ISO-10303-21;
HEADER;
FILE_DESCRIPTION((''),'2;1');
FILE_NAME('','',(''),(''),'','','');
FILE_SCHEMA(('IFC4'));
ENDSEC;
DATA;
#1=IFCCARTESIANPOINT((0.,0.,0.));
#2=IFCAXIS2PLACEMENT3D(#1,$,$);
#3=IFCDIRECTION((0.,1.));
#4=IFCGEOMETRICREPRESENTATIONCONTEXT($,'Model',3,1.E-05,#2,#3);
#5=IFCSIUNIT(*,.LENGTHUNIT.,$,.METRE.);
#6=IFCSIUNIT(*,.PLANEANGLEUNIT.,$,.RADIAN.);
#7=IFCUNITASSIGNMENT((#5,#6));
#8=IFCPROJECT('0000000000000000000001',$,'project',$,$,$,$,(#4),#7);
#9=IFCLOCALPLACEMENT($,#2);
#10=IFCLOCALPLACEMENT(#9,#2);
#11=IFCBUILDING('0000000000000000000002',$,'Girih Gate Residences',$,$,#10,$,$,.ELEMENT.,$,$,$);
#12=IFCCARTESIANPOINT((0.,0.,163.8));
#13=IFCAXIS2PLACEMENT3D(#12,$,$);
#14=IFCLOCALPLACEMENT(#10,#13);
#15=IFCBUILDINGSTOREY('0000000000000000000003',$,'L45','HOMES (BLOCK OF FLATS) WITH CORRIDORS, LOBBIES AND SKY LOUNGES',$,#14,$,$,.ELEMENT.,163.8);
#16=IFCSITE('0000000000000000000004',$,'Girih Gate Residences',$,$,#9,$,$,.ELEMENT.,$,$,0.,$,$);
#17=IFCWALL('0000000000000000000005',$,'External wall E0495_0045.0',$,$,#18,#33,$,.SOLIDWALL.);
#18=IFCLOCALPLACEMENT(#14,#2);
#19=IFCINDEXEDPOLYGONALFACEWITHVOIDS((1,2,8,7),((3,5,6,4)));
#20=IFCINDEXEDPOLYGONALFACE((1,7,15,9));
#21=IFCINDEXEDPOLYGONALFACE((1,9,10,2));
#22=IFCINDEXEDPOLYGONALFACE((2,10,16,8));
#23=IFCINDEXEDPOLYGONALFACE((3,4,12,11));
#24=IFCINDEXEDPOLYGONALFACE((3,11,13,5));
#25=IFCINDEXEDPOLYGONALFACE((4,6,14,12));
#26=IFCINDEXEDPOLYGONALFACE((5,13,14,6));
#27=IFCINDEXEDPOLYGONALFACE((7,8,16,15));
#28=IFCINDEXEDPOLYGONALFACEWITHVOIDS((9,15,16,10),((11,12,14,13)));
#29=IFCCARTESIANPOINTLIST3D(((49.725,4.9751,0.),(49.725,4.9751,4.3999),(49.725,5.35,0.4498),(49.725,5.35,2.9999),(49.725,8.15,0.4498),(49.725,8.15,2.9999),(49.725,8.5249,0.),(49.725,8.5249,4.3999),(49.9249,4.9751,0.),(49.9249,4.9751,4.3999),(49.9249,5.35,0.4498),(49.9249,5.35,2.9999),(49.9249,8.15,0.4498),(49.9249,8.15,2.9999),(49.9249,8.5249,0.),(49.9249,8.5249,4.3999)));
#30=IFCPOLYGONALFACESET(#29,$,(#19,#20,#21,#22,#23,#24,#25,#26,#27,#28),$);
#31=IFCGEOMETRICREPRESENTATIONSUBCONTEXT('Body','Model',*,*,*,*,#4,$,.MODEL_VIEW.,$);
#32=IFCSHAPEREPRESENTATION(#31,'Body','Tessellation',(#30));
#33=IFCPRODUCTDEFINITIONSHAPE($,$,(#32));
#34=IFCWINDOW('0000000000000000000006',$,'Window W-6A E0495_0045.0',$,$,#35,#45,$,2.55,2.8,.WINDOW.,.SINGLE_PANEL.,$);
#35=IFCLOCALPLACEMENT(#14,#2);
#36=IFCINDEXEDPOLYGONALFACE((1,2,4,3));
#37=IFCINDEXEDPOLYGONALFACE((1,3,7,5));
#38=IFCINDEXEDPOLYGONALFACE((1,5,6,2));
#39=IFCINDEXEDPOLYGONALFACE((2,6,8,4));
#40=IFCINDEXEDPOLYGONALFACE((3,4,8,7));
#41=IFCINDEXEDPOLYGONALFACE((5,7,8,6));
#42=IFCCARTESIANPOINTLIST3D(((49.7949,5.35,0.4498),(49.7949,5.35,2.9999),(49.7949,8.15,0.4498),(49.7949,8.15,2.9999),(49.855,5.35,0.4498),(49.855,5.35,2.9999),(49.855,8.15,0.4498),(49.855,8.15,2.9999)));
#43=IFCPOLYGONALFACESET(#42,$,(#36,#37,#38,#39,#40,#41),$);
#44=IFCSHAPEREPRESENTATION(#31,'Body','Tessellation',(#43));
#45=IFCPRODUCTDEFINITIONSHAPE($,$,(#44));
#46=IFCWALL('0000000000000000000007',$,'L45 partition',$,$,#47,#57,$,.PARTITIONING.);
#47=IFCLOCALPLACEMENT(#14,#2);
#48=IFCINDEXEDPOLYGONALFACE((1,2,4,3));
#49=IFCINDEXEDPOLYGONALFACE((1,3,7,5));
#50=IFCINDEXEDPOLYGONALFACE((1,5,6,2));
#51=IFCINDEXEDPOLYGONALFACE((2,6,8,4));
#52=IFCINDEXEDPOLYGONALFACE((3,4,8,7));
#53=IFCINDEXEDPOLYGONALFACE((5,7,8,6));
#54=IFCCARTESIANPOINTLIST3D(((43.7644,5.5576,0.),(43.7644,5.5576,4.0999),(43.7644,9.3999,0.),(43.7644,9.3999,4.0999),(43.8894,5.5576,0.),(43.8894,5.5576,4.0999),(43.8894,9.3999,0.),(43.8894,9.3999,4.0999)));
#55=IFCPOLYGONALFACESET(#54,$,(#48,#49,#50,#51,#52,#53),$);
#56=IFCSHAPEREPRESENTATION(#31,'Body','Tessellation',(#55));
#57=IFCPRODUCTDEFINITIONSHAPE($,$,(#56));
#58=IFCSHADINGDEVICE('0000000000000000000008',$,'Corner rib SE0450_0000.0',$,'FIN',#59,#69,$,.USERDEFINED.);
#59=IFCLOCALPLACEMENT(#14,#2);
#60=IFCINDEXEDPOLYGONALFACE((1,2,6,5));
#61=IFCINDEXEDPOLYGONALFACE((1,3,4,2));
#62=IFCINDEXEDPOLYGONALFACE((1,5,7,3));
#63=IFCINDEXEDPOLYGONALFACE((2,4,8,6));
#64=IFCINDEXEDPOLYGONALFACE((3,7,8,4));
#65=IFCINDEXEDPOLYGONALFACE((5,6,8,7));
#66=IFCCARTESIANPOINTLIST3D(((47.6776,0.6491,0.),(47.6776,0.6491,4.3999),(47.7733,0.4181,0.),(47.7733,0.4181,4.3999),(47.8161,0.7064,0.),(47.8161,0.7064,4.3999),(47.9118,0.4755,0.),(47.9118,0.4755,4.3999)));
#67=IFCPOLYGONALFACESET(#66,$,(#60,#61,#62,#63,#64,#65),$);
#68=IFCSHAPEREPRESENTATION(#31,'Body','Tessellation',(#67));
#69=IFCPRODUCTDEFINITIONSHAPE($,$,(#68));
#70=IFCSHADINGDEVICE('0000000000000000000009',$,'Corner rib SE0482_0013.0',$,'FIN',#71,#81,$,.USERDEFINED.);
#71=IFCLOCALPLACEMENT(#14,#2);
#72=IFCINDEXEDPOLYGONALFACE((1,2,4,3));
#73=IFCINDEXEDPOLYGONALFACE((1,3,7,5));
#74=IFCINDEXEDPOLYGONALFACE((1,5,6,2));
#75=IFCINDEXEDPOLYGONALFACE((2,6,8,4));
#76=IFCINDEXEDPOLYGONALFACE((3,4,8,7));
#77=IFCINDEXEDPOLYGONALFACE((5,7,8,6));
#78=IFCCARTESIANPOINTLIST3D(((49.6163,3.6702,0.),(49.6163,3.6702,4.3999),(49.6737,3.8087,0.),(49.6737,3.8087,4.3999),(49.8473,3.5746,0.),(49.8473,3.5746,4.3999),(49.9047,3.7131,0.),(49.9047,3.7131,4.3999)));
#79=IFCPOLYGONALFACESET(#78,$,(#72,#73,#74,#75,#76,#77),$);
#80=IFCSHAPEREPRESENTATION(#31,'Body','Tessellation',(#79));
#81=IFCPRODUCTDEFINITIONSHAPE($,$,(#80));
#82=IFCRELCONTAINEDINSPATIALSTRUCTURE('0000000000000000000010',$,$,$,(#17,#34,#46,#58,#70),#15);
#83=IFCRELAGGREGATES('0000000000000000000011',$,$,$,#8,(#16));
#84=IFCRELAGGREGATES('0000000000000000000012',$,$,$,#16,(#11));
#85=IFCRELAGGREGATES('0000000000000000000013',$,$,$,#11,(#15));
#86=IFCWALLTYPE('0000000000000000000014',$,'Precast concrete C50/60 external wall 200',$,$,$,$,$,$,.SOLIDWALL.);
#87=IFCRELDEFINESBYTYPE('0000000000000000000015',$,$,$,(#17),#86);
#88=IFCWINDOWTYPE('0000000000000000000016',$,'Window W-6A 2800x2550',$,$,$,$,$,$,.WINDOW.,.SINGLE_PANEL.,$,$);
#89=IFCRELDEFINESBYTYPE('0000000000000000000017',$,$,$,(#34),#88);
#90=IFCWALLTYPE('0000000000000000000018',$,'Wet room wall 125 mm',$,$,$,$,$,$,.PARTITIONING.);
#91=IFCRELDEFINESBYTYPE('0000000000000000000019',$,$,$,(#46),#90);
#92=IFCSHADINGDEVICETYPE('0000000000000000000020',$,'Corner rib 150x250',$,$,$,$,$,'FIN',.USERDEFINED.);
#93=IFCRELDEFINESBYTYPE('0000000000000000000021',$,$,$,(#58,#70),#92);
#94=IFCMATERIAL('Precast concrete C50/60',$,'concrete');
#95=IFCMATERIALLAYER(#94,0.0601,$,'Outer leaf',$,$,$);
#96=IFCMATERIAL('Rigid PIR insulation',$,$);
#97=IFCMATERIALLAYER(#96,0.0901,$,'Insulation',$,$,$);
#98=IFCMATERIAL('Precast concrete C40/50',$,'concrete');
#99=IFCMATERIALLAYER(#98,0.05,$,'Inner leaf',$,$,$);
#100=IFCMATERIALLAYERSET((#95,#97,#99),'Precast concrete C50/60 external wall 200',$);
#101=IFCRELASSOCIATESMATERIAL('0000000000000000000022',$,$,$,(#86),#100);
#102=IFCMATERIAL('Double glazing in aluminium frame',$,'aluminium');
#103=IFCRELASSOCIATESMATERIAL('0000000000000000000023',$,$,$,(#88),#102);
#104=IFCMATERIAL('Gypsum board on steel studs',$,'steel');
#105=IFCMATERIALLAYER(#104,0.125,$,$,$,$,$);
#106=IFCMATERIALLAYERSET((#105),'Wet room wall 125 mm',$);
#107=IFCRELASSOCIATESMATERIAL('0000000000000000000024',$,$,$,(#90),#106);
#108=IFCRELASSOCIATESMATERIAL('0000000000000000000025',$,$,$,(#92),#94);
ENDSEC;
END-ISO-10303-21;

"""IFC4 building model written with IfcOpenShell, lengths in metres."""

from ifc_helpers import new_model, si_unit, direction, frame, frame_2d, origin, origin_2d, place, context, subcontext, project, spatial, rectangle, extrude, material, layer, layer_set, type_object, element, fill, save


model = new_model("IFC4")

# Units and contexts
model_context = context("Model", 3, precision=1e-05, world=origin(), true_north=direction((0.0, 1.0)))
body_context = subcontext(model_context, "Body", "Model", "MODEL_VIEW")
ifc_project = project(units=[si_unit("LENGTHUNIT", "METRE"), si_unit("PLANEANGLEUNIT", "RADIAN")], contexts=[model_context])

# Site, building, storey
site_placement = place(None, origin())
site = spatial("IfcSite", under=ifc_project, at=site_placement, Name="Girih Gate Residences", CompositionType="ELEMENT", RefElevation=0.0)
building_placement = place(site_placement, origin())
building = spatial("IfcBuilding", under=site, at=building_placement, Name="Girih Gate Residences", CompositionType="ELEMENT")
storey_placement = place(building_placement, frame((0.0, 0.0, 163.8)))
storey = spatial("IfcBuildingStorey", under=building, at=storey_placement, Name="L45", Description="HOMES (BLOCK OF FLATS) WITH CORRIDORS, LOBBIES AND SKY LOUNGES", CompositionType="ELEMENT", Elevation=163.8)

# Shared definitions
ifc_material_1 = material(Name="Gypsum board on steel studs", Category="steel")

# Wall, opening, window
ifc_material_2 = material(Name="Precast concrete C50/60", Category="concrete")
ifc_layer_1 = layer(ifc_material_2, 0.0601, Name="Outer leaf")
ifc_material_3 = material(Name="Rigid PIR insulation")
ifc_layer_2 = layer(ifc_material_3, 0.0901, Name="Insulation")
ifc_material_4 = material(Name="Precast concrete C40/50", Category="concrete")
ifc_layer_3 = layer(ifc_material_4, 0.05, Name="Inner leaf")
ifc_layer_set_1 = layer_set([ifc_layer_1, ifc_layer_2, ifc_layer_3], Name="Precast concrete C50/60 external wall 200")
wall_type_1 = type_object("IfcWallType", Name="Precast concrete C50/60 external wall 200", PredefinedType="SOLIDWALL", material=ifc_layer_set_1)
ifc_material_5 = material(Name="Double glazing in aluminium frame", Category="aluminium")
window_type_1 = type_object("IfcWindowType", Name="Window W-6A 2800x2550", PartitioningType="SINGLE_PANEL", PredefinedType="WINDOW", material=ifc_material_5)
wall_1_placement = place(storey_placement, frame((49.825, 8.5249, 0.0), z_axis=(0.0, 0.0, 1.0), x_axis=(0.0, -1.0, 0.0)))
wall_1 = element("IfcWall", 1, at=wall_1_placement, inside=storey, type_object=wall_type_1, Name="External wall E0495_0045.0", PredefinedType="SOLIDWALL", context=body_context, shape_type="SweptSolid", body=[
    extrude(rectangle(XDim=3.5498, YDim=0.2, at=frame_2d((1.7749, 0.0))), origin(), (0.0, 0.0, 1.0), 4.3999),
])
opening_1_placement = place(wall_1_placement, frame((0.375, 0.0, 0.45)))
opening_1 = element("IfcOpeningElement", 2, at=opening_1_placement, cuts=wall_1, PredefinedType="OPENING", context=body_context, shape_type="SweptSolid", body=[
    extrude(rectangle(XDim=2.8, YDim=2.55, at=frame_2d((1.3999, 1.2749))), frame((0.0, 0.1099, 0.0), z_axis=(0.0, -1.0, 0.0), x_axis=(1.0, 0.0, 0.0)), (0.0, 0.0, 1.0), 0.22),
])
window_1_placement = place(opening_1_placement, origin())
window_1 = element("IfcWindow", 3, at=window_1_placement, inside=storey, type_object=window_type_1, Name="Window W-6A E0495_0045.0", OverallHeight=2.55, OverallWidth=2.8, PartitioningType="SINGLE_PANEL", PredefinedType="WINDOW", context=body_context, shape_type="SweptSolid", body=[
    extrude(rectangle(XDim=2.8, YDim=2.55, at=frame_2d((1.3999, 1.2749))), frame((0.0, 0.03, 0.0), z_axis=(0.0, -1.0, 0.0), x_axis=(1.0, 0.0, 0.0)), (0.0, 0.0, 1.0), 0.0601),
])
fill(opening_1, window_1)

# Wall
ifc_layer_4 = layer(ifc_material_1, 0.125)
ifc_layer_set_2 = layer_set([ifc_layer_4], Name="Wet room wall 125 mm")
wall_type_2 = type_object("IfcWallType", Name="Wet room wall 125 mm", PredefinedType="PARTITIONING", material=ifc_layer_set_2)
wall_2_placement = place(storey_placement, frame((43.8269, 5.5576, 0.0), z_axis=(0.0, 0.0, 1.0), x_axis=(0.0, 1.0, 0.0)))
element("IfcWall", 4, at=wall_2_placement, inside=storey, type_object=wall_type_2, Name="L45 partition", PredefinedType="PARTITIONING", context=body_context, shape_type="SweptSolid", body=[
    extrude(rectangle(XDim=3.8423, YDim=0.125, at=frame_2d((1.9211, 0.0))), origin(), (0.0, 0.0, 1.0), 4.0999),
])

# Shading devices
shading_device_type = type_object("IfcShadingDeviceType", Name="Corner rib 150x250", ElementType="FIN", PredefinedType="USERDEFINED", material=ifc_material_2)
for number, where, z_axis, x_axis, name in (
    (5, (47.7947, 0.5623, 0.0), (0.0, 0.0, 1.0), (0.92388, 0.382683, 0.0), "Corner rib SE0450_0000.0"),
    (6, (49.7605, 3.6917, 0.0), (0.0, 0.0, 1.0), (0.382683, 0.92388, 0.0), "Corner rib SE0482_0013.0"),
):
    element("IfcShadingDevice", number, at=place(storey_placement, frame(where, z_axis=z_axis, x_axis=x_axis)), inside=storey, type_object=shading_device_type, Name=name, ObjectType="FIN", PredefinedType="USERDEFINED", context=body_context, shape_type="SweptSolid", body=[
        extrude(rectangle(XDim=0.1499, YDim=0.25, at=origin_2d()), origin(), (0.0, 0.0, 1.0), 4.3999),
    ])

save(model, "model.ifc")
